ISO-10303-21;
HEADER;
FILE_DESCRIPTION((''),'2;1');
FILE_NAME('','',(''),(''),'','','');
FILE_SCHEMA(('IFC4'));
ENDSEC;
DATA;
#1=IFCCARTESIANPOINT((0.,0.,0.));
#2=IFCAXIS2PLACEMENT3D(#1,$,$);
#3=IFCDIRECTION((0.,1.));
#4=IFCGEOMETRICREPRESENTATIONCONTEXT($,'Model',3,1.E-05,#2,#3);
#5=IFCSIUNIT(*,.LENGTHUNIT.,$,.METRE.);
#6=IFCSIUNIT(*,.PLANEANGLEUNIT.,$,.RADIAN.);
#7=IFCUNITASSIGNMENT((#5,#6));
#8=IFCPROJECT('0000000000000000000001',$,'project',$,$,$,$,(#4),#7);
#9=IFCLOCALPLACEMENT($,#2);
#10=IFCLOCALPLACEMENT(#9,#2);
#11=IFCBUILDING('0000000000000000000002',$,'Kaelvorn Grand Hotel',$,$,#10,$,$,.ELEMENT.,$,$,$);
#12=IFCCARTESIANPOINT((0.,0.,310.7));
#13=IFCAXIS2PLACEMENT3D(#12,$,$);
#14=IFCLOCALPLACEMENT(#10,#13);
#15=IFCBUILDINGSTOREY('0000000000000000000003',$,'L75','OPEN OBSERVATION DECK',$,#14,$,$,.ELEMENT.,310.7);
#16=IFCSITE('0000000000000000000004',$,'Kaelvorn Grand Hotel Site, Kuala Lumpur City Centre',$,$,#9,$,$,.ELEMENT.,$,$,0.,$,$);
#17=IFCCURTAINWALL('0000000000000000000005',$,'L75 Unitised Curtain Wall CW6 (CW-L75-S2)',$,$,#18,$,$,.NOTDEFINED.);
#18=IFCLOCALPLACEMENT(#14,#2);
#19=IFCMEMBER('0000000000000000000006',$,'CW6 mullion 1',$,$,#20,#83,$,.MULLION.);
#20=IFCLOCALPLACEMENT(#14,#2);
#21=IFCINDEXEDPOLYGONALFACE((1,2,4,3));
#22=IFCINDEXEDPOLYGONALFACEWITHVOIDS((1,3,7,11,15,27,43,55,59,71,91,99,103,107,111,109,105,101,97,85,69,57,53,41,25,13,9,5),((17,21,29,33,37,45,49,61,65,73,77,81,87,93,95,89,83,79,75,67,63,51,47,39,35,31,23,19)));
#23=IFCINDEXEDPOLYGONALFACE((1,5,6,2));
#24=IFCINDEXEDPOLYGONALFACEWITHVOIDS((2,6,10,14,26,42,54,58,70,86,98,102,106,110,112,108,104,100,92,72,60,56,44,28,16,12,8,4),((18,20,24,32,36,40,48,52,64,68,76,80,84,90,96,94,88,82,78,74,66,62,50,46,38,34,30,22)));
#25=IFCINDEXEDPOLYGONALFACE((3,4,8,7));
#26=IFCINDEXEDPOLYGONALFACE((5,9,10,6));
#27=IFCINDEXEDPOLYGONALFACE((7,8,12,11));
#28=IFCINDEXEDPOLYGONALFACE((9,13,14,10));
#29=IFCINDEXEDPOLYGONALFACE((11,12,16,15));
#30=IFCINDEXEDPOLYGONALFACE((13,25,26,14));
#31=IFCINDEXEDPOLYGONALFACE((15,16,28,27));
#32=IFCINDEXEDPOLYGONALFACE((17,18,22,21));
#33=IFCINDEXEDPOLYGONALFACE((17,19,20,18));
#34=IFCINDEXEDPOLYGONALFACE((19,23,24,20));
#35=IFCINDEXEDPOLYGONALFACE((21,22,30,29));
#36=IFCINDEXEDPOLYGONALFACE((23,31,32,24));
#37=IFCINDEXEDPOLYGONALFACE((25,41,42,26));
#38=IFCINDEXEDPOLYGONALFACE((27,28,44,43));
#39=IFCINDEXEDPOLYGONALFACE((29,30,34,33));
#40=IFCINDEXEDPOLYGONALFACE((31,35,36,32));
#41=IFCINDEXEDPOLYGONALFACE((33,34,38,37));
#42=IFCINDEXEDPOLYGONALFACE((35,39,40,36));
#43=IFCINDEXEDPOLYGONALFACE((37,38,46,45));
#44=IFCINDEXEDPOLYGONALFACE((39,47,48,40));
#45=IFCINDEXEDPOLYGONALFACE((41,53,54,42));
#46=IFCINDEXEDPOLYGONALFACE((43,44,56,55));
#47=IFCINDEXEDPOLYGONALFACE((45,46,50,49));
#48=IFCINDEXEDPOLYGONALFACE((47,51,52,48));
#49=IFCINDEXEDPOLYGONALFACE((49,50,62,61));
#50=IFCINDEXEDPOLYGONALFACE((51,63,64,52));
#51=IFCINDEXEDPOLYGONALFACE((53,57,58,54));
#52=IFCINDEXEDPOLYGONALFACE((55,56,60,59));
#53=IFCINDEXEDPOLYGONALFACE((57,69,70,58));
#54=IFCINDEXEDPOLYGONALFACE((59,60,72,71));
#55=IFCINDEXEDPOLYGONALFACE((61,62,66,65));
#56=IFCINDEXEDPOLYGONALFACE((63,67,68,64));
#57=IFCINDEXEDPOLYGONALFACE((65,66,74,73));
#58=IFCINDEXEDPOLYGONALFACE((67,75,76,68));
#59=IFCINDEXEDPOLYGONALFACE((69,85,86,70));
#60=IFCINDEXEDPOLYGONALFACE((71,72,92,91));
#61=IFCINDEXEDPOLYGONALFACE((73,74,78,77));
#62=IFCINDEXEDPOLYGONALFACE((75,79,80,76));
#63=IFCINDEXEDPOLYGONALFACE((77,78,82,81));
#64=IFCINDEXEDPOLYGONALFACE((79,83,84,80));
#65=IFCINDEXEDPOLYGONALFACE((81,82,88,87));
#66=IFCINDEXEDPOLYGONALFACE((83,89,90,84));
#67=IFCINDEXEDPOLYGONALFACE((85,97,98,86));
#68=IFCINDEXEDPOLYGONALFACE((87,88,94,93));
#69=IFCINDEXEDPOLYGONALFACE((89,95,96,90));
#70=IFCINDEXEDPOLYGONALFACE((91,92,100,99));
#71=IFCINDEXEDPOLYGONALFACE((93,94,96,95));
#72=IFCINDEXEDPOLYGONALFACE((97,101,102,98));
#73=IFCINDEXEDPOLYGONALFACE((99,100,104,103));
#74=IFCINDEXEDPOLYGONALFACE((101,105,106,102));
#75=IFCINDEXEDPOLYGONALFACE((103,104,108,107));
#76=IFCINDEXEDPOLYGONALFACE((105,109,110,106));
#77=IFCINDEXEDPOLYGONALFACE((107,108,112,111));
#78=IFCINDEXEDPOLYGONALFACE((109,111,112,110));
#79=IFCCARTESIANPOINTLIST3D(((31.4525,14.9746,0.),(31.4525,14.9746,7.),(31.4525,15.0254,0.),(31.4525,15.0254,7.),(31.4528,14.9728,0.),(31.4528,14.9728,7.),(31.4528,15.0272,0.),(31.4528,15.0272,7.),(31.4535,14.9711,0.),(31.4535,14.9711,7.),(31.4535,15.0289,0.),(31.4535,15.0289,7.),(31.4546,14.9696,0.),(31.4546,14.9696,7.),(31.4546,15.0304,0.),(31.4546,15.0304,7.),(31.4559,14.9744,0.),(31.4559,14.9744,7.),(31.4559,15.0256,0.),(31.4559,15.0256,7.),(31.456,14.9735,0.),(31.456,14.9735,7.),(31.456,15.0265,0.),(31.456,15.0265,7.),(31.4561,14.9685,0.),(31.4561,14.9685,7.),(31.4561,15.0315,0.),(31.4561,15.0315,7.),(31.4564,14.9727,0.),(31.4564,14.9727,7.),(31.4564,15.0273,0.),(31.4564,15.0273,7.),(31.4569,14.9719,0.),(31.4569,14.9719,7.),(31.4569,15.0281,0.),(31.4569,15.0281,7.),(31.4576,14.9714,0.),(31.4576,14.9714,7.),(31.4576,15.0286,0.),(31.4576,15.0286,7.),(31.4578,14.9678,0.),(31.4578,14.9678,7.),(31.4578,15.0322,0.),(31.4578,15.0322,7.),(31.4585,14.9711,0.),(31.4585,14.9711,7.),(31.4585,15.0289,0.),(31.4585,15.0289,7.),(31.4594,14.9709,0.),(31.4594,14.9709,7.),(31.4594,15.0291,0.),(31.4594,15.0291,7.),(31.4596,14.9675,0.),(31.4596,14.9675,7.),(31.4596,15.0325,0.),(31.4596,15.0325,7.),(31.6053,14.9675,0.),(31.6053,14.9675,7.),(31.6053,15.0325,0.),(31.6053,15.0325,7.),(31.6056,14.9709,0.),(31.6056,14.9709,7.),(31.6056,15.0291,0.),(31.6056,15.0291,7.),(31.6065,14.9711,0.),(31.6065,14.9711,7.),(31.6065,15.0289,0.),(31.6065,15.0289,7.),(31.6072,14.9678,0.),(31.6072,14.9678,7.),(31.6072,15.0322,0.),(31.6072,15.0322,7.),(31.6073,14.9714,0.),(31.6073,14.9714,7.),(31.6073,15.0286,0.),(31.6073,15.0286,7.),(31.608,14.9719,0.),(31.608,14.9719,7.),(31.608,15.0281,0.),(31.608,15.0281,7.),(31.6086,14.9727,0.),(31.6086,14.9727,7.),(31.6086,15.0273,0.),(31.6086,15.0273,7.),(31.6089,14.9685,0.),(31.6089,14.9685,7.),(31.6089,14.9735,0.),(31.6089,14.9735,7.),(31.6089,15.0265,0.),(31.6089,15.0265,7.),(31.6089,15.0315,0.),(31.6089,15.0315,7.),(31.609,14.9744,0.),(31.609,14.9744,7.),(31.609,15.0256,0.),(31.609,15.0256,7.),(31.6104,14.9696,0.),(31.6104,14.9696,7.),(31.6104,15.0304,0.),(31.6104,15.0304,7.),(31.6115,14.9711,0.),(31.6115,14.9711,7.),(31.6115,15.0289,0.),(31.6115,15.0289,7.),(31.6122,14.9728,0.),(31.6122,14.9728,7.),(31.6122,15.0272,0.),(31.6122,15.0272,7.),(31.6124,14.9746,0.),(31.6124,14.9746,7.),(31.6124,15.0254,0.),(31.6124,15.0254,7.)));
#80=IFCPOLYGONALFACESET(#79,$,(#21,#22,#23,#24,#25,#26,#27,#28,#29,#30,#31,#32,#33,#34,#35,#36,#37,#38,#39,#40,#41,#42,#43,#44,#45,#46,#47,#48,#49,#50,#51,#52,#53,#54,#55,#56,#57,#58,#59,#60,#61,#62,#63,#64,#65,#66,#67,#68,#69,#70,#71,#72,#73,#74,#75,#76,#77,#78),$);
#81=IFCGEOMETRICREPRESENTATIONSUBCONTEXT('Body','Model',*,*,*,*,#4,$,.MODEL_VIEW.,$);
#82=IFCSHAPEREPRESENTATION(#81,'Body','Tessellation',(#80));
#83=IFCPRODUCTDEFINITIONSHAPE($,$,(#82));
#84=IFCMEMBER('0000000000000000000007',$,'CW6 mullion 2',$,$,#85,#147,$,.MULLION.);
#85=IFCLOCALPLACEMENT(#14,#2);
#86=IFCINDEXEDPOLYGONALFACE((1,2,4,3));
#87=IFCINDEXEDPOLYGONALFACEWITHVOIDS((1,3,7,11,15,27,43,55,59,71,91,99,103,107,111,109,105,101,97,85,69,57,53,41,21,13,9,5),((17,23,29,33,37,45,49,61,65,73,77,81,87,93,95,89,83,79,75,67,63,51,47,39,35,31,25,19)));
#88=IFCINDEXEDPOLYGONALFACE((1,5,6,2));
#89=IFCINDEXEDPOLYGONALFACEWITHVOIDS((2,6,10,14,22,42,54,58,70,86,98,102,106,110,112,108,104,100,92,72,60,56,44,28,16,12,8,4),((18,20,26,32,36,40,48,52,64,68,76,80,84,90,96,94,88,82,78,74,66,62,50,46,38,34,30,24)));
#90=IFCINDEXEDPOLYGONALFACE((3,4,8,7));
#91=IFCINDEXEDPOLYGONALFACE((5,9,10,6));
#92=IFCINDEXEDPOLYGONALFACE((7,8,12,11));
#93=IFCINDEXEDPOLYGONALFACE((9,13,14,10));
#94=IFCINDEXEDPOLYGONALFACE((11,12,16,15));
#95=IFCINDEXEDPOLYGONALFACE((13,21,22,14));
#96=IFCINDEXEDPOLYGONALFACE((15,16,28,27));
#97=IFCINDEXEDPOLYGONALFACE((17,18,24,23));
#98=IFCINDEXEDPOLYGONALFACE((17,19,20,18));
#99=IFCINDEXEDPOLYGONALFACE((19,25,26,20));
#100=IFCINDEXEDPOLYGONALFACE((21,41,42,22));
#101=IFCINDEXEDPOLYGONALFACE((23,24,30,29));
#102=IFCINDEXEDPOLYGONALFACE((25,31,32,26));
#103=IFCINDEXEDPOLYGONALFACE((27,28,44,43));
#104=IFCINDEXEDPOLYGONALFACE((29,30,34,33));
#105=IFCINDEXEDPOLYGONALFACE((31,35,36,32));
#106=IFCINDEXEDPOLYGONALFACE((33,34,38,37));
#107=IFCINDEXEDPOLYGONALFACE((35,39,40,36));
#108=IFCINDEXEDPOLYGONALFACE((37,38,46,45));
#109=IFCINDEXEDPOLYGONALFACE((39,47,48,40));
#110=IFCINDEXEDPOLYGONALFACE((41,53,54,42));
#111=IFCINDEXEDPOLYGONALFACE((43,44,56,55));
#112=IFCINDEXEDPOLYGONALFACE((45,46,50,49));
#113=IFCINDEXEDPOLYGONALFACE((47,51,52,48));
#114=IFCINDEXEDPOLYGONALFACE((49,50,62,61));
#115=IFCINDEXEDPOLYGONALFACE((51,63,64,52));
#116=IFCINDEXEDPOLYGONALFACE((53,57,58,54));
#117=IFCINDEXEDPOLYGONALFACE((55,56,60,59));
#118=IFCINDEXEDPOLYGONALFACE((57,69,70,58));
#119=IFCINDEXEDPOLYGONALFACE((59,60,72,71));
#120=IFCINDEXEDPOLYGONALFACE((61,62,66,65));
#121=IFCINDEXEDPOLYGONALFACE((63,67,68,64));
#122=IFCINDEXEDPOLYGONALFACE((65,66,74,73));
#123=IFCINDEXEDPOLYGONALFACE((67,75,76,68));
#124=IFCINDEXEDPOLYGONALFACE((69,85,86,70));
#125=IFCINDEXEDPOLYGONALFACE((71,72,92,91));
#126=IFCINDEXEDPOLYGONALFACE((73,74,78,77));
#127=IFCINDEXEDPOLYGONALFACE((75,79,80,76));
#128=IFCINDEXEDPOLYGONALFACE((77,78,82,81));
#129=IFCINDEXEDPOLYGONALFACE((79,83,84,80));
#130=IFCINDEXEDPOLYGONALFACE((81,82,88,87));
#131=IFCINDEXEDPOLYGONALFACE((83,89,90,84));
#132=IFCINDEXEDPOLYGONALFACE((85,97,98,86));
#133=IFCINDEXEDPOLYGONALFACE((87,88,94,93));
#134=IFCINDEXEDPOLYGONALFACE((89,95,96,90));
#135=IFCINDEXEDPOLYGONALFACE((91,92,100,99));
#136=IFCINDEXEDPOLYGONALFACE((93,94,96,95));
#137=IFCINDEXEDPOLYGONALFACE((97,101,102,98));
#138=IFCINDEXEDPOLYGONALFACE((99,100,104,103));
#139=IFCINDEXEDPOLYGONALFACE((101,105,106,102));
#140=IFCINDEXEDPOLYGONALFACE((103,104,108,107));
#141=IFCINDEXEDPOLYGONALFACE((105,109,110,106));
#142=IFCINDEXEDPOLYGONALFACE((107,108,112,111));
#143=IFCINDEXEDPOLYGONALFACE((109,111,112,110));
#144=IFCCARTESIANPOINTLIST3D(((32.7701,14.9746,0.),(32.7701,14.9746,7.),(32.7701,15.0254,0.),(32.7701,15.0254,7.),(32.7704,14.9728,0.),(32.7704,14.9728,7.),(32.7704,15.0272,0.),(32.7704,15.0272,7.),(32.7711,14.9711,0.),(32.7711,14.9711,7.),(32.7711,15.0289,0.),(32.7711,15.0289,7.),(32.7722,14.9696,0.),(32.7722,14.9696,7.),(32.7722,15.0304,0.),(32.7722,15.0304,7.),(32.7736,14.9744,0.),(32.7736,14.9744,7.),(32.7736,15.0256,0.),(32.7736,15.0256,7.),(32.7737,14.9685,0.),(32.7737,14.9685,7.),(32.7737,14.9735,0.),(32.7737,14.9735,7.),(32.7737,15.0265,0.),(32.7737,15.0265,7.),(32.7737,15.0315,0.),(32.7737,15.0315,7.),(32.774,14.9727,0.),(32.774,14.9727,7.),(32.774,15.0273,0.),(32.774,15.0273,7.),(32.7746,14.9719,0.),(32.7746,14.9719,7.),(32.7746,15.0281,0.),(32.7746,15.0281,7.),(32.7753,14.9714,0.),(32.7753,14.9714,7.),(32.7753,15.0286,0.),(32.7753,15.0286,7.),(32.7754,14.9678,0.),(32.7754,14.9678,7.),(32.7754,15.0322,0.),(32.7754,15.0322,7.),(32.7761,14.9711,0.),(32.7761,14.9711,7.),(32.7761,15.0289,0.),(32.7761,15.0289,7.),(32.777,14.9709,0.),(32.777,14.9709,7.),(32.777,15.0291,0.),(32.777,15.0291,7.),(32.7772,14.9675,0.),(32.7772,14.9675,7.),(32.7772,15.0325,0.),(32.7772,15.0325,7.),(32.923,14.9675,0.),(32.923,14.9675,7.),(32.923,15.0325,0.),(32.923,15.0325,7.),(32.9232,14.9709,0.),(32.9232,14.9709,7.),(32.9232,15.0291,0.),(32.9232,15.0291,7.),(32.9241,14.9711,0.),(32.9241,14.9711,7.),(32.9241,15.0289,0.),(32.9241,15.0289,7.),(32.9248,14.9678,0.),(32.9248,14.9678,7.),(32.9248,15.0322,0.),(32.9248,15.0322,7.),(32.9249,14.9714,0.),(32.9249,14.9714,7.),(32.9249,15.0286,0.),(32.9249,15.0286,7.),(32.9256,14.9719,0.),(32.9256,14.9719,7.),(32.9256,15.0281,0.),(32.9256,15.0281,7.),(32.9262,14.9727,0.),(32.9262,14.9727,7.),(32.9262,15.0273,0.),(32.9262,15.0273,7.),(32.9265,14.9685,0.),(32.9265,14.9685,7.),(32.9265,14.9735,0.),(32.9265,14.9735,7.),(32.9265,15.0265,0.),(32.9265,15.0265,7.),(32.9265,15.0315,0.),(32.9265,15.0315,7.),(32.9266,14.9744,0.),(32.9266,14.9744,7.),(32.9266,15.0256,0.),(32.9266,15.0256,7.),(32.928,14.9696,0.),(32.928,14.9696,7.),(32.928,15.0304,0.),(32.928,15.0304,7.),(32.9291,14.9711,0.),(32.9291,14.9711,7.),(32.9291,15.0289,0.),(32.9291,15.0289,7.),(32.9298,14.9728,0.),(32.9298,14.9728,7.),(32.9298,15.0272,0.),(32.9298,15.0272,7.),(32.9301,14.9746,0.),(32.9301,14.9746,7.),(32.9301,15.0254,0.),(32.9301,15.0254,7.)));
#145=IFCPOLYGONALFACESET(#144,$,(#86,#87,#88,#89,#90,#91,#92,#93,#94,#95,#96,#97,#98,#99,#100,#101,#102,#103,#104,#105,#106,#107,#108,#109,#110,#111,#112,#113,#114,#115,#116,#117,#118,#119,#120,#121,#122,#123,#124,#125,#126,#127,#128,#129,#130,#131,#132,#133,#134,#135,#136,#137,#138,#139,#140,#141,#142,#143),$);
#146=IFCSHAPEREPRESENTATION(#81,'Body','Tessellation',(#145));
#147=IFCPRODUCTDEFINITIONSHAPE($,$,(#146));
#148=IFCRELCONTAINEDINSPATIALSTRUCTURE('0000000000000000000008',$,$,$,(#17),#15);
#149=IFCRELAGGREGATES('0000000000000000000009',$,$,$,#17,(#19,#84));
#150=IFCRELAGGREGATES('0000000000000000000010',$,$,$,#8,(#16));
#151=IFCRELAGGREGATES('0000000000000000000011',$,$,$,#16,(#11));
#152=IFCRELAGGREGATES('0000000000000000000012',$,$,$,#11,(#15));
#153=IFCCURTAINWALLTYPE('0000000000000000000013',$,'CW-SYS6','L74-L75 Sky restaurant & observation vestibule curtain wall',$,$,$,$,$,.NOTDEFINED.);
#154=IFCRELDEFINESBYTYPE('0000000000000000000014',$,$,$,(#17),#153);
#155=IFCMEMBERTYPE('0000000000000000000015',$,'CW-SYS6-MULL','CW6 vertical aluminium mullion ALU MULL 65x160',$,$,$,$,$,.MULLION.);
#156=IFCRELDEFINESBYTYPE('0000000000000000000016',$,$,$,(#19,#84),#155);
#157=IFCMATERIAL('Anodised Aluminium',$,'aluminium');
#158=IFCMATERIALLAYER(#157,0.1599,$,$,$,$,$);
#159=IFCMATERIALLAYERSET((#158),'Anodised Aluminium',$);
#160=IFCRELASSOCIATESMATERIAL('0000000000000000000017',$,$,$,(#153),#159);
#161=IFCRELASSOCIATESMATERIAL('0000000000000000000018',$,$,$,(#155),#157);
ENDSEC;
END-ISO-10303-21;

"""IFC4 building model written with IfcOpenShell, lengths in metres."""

from ifc_helpers import new_model, si_unit, direction, frame, origin, origin_2d, place, context, subcontext, project, spatial, hollow_rectangle, extrude, material, layer, layer_set, material_profile, profile_set, type_object, element, aggregate, save


model = new_model("IFC4")

# Units and contexts
model_context = context("Model", 3, precision=1e-05, world=origin(), true_north=direction((0.0, 1.0)))
body_context = subcontext(model_context, "Body", "Model", "MODEL_VIEW")
ifc_project = project(units=[si_unit("LENGTHUNIT", "METRE"), si_unit("PLANEANGLEUNIT", "RADIAN")], contexts=[model_context])

# Site, building, storey
site_placement = place(None, origin())
site = spatial("IfcSite", under=ifc_project, at=site_placement, Name="Kaelvorn Grand Hotel Site, Kuala Lumpur City Centre", CompositionType="ELEMENT", RefElevation=0.0)
building_placement = place(site_placement, origin())
building = spatial("IfcBuilding", under=site, at=building_placement, Name="Kaelvorn Grand Hotel", CompositionType="ELEMENT")
storey_placement = place(building_placement, frame((0.0, 0.0, 310.7)))
storey = spatial("IfcBuildingStorey", under=building, at=storey_placement, Name="L75", Description="OPEN OBSERVATION DECK", CompositionType="ELEMENT", Elevation=310.7)

# Curtain wall, members
ifc_material_1 = material(Name="Anodised Aluminium", Category="aluminium")
ifc_layer_1 = layer(ifc_material_1, 0.1599)
ifc_layer_set_1 = layer_set([ifc_layer_1], Name="Anodised Aluminium")
curtain_wall_type = type_object("IfcCurtainWallType", Name="CW-SYS6", Description="L74-L75 Sky restaurant & observation vestibule curtain wall", PredefinedType="NOTDEFINED", material=ifc_layer_set_1)
ifc_material_profile_1 = material_profile(ifc_material_1, hollow_rectangle(XDim=0.0649, YDim=0.1599, WallThickness=0.0034, InnerFilletRadius=0.0034, OuterFilletRadius=0.0071, at=origin_2d()), Name="ALU MULL 65x160")
ifc_profile_set_1 = profile_set([ifc_material_profile_1], Name="Anodised Aluminium")
member_type_1 = type_object("IfcMemberType", Name="CW-SYS6-MULL", Description="CW6 vertical aluminium mullion ALU MULL 65x160", PredefinedType="MULLION", material=ifc_profile_set_1)
curtain_wall_1_placement = place(storey_placement, origin())
curtain_wall_1 = element("IfcCurtainWall", 1, at=curtain_wall_1_placement, inside=storey, type_object=curtain_wall_type, Name="L75 Unitised Curtain Wall CW6 (CW-L75-S2)", PredefinedType="NOTDEFINED")
member_1_placement = place(storey_placement, frame((31.5325, 15.0, 0.0), z_axis=(0.0, 0.0, 1.0), x_axis=(0.0, 1.0, 0.0)))
member_1 = element("IfcMember", 2, at=member_1_placement, type_object=member_type_1, Name="CW6 mullion 1", PredefinedType="MULLION", context=body_context, shape_type="SweptSolid", body=[
    extrude(hollow_rectangle(XDim=0.0649, YDim=0.1599, WallThickness=0.0034, InnerFilletRadius=0.0034, OuterFilletRadius=0.0071, at=origin_2d()), origin(), (0.0, 0.0, 1.0), 7.0),
])
member_2_placement = place(storey_placement, frame((32.8501, 15.0, 0.0), z_axis=(0.0, 0.0, 1.0), x_axis=(0.0, 1.0, 0.0)))
member_2 = element("IfcMember", 3, at=member_2_placement, type_object=member_type_1, Name="CW6 mullion 2", PredefinedType="MULLION", context=body_context, shape_type="SweptSolid", body=[
    extrude(hollow_rectangle(XDim=0.0649, YDim=0.1599, WallThickness=0.0034, InnerFilletRadius=0.0034, OuterFilletRadius=0.0071, at=origin_2d()), origin(), (0.0, 0.0, 1.0), 7.0),
])

aggregate(curtain_wall_1, [member_1, member_2])

save(model, "model.ifc")
